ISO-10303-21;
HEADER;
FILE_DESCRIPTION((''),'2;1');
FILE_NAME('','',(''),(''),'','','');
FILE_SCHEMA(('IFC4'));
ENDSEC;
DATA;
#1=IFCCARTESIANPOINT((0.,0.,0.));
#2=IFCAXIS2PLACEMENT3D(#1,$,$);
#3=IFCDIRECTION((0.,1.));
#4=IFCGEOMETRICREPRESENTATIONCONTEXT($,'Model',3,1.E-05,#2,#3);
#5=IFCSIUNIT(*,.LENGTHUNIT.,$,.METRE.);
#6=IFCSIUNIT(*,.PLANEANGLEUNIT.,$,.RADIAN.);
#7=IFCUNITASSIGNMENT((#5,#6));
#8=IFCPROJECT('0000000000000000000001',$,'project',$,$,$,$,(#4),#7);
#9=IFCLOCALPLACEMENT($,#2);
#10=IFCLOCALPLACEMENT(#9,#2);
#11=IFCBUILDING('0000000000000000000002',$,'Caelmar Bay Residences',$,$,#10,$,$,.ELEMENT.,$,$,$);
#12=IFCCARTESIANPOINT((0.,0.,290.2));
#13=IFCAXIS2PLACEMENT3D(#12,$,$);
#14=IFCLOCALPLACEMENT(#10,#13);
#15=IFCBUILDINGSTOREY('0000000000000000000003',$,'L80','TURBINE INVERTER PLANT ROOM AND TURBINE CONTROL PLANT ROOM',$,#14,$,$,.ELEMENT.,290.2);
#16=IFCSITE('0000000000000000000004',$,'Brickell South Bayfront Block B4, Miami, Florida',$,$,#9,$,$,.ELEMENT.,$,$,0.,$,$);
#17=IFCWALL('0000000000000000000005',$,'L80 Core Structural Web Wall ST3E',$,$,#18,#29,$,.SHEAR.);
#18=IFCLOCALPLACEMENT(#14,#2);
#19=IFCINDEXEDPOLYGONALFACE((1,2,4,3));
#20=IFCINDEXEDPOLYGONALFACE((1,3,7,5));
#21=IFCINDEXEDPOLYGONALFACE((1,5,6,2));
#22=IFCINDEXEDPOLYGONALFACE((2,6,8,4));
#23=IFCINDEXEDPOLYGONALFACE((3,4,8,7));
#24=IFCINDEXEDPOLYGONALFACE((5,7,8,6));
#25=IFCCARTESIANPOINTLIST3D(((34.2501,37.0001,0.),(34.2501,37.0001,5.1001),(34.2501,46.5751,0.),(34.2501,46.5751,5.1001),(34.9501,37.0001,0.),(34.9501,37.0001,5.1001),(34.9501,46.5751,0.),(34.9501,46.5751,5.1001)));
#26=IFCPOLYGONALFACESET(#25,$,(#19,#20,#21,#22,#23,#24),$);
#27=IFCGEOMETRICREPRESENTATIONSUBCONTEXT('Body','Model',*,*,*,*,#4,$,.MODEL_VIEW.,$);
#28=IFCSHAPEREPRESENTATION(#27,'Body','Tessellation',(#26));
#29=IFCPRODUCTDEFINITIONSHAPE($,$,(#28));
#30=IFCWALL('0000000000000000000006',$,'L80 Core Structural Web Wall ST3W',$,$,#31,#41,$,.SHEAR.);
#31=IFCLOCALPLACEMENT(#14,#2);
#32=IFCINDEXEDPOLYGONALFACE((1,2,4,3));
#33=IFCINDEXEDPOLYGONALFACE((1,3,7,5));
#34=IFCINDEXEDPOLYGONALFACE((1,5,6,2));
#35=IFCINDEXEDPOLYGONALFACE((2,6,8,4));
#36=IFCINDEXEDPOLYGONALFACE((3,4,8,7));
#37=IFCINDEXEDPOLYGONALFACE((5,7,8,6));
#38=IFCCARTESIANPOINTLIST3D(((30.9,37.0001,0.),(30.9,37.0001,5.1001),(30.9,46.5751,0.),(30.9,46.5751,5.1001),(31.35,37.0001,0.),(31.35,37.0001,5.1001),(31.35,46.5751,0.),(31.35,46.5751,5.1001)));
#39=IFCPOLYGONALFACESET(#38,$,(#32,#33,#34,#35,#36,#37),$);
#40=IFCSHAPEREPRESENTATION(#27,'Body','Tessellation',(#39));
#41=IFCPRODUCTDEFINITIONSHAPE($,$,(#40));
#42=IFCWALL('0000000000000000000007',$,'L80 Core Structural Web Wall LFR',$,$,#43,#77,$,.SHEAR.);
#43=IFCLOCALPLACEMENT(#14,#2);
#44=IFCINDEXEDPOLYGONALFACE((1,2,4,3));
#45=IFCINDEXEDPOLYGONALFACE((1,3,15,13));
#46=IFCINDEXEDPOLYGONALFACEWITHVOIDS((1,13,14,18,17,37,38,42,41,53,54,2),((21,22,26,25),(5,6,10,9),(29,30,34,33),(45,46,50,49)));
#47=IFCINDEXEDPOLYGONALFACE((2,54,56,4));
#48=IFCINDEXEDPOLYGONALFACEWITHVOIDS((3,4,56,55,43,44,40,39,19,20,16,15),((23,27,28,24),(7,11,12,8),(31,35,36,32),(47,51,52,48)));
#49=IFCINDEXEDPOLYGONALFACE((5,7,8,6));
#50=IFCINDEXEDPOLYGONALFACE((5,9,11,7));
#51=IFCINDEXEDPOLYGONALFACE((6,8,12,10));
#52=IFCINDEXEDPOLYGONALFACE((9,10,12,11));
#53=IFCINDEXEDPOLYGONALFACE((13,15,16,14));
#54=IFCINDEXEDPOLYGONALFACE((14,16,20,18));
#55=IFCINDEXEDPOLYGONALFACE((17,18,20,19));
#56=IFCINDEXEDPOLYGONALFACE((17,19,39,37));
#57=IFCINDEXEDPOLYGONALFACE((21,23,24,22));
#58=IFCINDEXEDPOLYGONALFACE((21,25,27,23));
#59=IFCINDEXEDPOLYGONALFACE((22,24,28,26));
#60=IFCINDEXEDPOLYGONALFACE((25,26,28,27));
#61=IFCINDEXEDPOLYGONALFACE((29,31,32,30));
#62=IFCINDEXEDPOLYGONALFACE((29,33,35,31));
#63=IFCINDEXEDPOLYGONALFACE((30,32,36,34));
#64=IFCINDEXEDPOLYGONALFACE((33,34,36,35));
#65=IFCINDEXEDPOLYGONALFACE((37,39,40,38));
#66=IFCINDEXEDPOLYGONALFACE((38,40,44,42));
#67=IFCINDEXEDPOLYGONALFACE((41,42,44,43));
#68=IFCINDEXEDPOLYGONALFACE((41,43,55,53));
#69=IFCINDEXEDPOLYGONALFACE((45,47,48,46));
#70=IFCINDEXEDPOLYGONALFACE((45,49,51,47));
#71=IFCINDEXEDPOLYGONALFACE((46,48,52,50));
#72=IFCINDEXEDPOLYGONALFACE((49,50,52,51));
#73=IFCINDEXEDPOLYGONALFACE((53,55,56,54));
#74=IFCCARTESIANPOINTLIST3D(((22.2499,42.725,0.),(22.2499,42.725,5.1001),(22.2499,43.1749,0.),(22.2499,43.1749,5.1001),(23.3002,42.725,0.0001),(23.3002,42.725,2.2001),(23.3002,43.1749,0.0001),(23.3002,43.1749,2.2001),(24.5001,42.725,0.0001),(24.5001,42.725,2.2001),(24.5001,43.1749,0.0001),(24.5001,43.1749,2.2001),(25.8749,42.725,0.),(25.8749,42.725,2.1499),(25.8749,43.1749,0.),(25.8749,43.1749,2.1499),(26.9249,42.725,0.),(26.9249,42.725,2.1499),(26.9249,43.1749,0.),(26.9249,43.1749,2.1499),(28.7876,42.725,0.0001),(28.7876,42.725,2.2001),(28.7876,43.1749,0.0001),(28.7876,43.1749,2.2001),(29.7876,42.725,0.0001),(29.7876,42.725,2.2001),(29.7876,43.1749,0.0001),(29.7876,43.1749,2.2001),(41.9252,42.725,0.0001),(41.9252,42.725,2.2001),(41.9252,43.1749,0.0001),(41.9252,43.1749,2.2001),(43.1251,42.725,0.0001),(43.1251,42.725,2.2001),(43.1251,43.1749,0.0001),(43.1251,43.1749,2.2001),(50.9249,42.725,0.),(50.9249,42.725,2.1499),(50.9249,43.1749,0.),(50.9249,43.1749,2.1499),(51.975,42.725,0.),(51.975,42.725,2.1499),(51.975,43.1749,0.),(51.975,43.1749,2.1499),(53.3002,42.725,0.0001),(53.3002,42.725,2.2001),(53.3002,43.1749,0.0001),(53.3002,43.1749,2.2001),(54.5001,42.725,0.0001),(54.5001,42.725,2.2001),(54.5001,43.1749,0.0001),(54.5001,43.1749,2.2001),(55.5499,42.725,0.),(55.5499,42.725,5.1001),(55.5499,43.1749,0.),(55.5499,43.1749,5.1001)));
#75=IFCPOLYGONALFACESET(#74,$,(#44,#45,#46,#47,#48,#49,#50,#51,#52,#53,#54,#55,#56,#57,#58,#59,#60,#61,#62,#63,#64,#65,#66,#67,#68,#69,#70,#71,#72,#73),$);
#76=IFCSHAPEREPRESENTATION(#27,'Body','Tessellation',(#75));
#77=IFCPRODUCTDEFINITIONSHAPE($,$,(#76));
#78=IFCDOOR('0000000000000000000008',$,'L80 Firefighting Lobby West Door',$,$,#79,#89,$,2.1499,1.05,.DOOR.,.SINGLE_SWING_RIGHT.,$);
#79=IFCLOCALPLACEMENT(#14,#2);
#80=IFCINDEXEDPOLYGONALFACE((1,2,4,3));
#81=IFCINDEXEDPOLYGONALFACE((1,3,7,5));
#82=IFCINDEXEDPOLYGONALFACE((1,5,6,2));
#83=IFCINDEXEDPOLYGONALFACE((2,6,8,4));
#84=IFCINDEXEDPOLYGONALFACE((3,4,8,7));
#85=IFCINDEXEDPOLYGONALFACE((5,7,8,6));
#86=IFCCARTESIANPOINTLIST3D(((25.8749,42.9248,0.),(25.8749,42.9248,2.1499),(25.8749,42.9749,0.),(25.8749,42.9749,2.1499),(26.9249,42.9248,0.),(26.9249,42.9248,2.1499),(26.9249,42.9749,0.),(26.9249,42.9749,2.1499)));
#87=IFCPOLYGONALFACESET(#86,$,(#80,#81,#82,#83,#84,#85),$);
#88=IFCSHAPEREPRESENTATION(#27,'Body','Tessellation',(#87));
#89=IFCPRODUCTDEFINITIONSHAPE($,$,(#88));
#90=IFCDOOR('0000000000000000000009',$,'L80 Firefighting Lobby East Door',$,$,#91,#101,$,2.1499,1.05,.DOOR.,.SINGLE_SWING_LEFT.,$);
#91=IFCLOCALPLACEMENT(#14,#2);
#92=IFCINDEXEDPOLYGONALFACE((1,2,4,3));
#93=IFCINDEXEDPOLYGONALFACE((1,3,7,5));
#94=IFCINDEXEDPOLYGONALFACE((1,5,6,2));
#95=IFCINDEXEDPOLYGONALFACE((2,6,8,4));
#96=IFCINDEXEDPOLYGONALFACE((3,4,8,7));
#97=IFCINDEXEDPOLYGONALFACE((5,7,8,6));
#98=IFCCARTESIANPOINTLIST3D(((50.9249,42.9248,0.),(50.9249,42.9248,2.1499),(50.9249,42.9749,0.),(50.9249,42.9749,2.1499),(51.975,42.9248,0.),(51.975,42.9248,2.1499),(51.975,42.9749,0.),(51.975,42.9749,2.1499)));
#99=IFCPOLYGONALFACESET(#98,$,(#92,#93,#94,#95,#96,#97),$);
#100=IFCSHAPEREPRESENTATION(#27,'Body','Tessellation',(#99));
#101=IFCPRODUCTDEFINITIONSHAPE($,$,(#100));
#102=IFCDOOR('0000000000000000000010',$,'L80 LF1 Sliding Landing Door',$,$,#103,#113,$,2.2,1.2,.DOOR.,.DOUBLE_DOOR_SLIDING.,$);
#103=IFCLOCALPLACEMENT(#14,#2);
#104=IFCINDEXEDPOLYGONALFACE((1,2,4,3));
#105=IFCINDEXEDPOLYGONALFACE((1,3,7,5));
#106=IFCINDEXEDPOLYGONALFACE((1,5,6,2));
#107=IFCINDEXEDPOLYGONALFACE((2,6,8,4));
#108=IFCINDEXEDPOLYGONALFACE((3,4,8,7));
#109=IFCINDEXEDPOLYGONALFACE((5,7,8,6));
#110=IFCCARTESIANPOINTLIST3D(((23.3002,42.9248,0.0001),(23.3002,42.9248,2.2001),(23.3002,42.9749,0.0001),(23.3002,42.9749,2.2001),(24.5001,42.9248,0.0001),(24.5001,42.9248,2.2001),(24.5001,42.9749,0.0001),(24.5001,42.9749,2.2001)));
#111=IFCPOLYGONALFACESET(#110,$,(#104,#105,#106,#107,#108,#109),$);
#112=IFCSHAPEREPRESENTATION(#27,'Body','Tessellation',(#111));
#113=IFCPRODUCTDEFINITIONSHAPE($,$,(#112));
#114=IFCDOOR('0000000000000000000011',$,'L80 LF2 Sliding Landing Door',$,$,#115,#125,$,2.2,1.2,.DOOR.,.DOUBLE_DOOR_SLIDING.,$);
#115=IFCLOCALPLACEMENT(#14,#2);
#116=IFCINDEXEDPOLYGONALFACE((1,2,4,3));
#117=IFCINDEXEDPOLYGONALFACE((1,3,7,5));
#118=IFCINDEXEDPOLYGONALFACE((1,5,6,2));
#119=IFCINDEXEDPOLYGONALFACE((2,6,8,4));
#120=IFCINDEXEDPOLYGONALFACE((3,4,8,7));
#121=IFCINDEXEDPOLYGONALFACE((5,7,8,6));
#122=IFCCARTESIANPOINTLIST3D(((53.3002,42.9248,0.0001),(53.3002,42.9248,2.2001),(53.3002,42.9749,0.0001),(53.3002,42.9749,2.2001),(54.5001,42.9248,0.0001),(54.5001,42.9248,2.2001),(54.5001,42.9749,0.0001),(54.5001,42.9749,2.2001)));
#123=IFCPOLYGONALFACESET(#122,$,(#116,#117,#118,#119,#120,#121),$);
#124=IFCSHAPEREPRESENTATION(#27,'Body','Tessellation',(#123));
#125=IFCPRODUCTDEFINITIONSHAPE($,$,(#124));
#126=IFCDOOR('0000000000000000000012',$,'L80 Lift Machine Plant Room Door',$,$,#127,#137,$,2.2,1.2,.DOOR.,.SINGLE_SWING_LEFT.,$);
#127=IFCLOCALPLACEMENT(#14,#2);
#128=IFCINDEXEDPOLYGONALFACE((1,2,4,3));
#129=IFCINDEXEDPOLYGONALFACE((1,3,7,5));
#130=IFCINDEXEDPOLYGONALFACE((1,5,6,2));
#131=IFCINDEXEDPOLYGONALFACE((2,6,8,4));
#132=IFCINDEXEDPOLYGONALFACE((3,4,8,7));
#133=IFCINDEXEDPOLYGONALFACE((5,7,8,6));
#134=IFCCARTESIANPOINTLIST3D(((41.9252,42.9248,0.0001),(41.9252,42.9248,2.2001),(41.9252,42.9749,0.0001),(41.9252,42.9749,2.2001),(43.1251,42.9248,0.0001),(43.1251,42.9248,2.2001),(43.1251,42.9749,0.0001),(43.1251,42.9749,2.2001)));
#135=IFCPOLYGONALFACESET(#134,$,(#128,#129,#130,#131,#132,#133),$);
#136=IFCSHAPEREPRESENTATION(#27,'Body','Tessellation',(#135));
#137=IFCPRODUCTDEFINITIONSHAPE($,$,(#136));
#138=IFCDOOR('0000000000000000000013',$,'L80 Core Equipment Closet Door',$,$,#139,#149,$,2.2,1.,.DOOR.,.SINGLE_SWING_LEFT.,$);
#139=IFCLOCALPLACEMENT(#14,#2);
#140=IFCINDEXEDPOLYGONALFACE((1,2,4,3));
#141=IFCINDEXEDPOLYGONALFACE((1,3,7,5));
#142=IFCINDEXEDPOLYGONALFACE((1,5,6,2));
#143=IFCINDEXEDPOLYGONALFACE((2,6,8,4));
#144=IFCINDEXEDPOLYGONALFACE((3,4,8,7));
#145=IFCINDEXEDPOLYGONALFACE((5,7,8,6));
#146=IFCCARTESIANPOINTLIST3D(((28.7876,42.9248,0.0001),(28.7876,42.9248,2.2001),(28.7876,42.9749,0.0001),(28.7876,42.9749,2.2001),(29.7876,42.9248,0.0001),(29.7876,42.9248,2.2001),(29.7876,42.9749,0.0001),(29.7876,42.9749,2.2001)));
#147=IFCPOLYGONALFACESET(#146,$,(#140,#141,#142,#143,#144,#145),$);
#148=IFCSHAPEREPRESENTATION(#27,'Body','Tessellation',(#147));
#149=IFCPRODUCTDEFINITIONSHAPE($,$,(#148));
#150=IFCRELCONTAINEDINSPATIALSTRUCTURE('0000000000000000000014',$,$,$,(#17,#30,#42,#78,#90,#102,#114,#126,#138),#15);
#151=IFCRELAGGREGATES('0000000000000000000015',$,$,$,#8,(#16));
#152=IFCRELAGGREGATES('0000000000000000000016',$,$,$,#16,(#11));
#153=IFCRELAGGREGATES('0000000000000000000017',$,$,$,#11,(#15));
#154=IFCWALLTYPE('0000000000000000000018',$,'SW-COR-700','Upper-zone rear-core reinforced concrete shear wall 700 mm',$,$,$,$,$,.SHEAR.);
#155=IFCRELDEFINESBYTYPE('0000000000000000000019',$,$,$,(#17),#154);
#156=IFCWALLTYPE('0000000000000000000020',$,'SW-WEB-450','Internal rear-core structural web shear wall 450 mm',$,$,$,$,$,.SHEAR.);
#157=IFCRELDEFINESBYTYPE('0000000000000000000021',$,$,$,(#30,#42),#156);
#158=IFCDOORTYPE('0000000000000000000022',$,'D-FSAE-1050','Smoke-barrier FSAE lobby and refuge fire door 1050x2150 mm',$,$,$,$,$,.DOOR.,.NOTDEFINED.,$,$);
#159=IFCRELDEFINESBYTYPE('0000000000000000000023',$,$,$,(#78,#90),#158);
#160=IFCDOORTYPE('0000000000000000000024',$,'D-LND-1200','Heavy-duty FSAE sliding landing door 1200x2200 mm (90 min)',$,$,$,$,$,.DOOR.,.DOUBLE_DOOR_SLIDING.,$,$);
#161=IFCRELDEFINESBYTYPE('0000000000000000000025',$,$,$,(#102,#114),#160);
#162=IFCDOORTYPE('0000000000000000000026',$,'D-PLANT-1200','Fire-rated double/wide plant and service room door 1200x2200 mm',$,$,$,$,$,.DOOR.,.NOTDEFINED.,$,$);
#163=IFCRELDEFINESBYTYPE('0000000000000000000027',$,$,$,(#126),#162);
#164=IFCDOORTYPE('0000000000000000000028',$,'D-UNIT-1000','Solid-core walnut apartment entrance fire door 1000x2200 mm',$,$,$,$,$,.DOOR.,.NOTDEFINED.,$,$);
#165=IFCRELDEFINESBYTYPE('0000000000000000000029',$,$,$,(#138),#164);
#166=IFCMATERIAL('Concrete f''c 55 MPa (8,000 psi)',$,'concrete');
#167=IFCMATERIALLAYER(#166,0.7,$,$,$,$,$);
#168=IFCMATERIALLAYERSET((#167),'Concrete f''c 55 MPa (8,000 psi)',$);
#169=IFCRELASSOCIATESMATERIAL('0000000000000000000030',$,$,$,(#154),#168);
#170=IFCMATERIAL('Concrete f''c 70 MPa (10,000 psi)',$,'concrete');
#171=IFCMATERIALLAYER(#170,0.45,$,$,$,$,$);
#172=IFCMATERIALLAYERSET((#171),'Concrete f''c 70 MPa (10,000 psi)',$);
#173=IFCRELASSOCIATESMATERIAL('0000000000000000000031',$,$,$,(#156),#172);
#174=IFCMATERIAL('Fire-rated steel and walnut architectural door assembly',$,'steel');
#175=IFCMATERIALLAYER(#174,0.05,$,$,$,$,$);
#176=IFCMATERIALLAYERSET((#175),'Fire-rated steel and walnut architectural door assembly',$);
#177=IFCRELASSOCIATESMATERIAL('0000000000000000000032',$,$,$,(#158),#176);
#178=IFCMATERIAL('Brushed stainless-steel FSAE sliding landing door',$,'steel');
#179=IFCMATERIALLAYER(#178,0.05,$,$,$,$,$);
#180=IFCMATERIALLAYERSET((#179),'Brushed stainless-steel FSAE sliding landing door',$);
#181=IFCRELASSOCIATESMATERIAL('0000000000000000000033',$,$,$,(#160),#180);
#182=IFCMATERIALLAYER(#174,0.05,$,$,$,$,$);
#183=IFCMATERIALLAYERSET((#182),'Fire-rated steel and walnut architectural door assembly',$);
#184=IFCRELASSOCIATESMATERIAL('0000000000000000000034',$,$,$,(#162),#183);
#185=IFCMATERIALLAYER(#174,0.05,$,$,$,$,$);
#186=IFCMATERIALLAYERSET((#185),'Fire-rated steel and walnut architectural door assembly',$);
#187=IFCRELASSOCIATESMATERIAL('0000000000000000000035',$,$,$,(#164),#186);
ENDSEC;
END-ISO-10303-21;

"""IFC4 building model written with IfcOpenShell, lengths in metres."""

from ifc_helpers import new_model, si_unit, direction, frame, frame_2d, origin, place, context, subcontext, project, spatial, rectangle, extrude, material, layer, layer_set, type_object, element, fill, save


model = new_model("IFC4")

# Units and contexts
model_context = context("Model", 3, precision=1e-05, world=origin(), true_north=direction((0.0, 1.0)))
body_context = subcontext(model_context, "Body", "Model", "MODEL_VIEW")
ifc_project = project(units=[si_unit("LENGTHUNIT", "METRE"), si_unit("PLANEANGLEUNIT", "RADIAN")], contexts=[model_context])

# Site, building, storey
site_placement = place(None, origin())
site = spatial("IfcSite", under=ifc_project, at=site_placement, Name="Brickell South Bayfront Block B4, Miami, Florida", CompositionType="ELEMENT", RefElevation=0.0)
building_placement = place(site_placement, origin())
building = spatial("IfcBuilding", under=site, at=building_placement, Name="Caelmar Bay Residences", CompositionType="ELEMENT")
storey_placement = place(building_placement, frame((0.0, 0.0, 290.2)))
storey = spatial("IfcBuildingStorey", under=building, at=storey_placement, Name="L80", Description="TURBINE INVERTER PLANT ROOM AND TURBINE CONTROL PLANT ROOM", CompositionType="ELEMENT", Elevation=290.2)

# Shared definitions
ifc_material_1 = material(Name="Concrete f'c 55 MPa (8,000 psi)", Category="concrete")
ifc_layer_1 = layer(ifc_material_1, 0.7)
ifc_layer_set_1 = layer_set([ifc_layer_1], Name="Concrete f'c 55 MPa (8,000 psi)")
wall_type_1 = type_object("IfcWallType", Name="SW-COR-700", Description="Upper-zone rear-core reinforced concrete shear wall 700 mm", PredefinedType="SHEAR", material=ifc_layer_set_1)
ifc_material_2 = material(Name="Fire-rated steel and walnut architectural door assembly", Category="steel")

# Walls
wall_1_placement = place(storey_placement, frame((34.6001, 37.0, 0.0), z_axis=(0.0, 0.0, 1.0), x_axis=(0.0, 1.0, 0.0)))
element("IfcWall", 1, at=wall_1_placement, inside=storey, type_object=wall_type_1, Name="L80 Core Structural Web Wall ST3E", PredefinedType="SHEAR", context=body_context, shape_type="SweptSolid", body=[
    extrude(rectangle(XDim=9.575, YDim=0.7, at=frame_2d((4.7876, 0.0))), origin(), (0.0, 0.0, 1.0), 5.1001),
])
ifc_material_3 = material(Name="Concrete f'c 70 MPa (10,000 psi)", Category="concrete")
ifc_layer_2 = layer(ifc_material_3, 0.45)
ifc_layer_set_2 = layer_set([ifc_layer_2], Name="Concrete f'c 70 MPa (10,000 psi)")
wall_type_2 = type_object("IfcWallType", Name="SW-WEB-450", Description="Internal rear-core structural web shear wall 450 mm", PredefinedType="SHEAR", material=ifc_layer_set_2)
wall_2_placement = place(storey_placement, frame((31.125, 37.0, 0.0), z_axis=(0.0, 0.0, 1.0), x_axis=(0.0, 1.0, 0.0)))
element("IfcWall", 2, at=wall_2_placement, inside=storey, type_object=wall_type_2, Name="L80 Core Structural Web Wall ST3W", PredefinedType="SHEAR", context=body_context, shape_type="SweptSolid", body=[
    extrude(rectangle(XDim=9.575, YDim=0.45, at=frame_2d((4.7876, 0.0))), origin(), (0.0, 0.0, 1.0), 5.1001),
])

# Wall, openings, doors
wall_3_placement = place(storey_placement, frame((22.25, 42.95, 0.0), z_axis=(0.0, 0.0, 1.0), x_axis=(1.0, 0.0, 0.0)))
wall_3 = element("IfcWall", 3, at=wall_3_placement, inside=storey, type_object=wall_type_2, Name="L80 Core Structural Web Wall LFR", PredefinedType="SHEAR", context=body_context, shape_type="SweptSolid", body=[
    extrude(rectangle(XDim=33.3, YDim=0.45, at=frame_2d((16.6499, 0.0))), origin(), (0.0, 0.0, 1.0), 5.1001),
])
opening_1_placement = place(wall_3_placement, frame((1.05, 0.0, 0.0)))
opening_1 = element("IfcOpeningElement", 4, at=opening_1_placement, cuts=wall_3, PredefinedType="OPENING", context=body_context, shape_type="SweptSolid", body=[
    extrude(rectangle(XDim=1.2, YDim=2.2, at=frame_2d((0.6001, 1.1001))), frame((0.0, 0.2349, 0.0), z_axis=(0.0, -1.0, 0.0), x_axis=(1.0, 0.0, 0.0)), (0.0, 0.0, 1.0), 0.47),
])
opening_2_placement = place(wall_3_placement, frame((31.05, 0.0, 0.0)))
opening_2 = element("IfcOpeningElement", 5, at=opening_2_placement, cuts=wall_3, PredefinedType="OPENING", context=body_context, shape_type="SweptSolid", body=[
    extrude(rectangle(XDim=1.2, YDim=2.2, at=frame_2d((0.6001, 1.1001))), frame((0.0, 0.2349, 0.0), z_axis=(0.0, -1.0, 0.0), x_axis=(1.0, 0.0, 0.0)), (0.0, 0.0, 1.0), 0.47),
])
opening_3_placement = place(wall_3_placement, frame((3.625, 0.0, 0.0)))
opening_3 = element("IfcOpeningElement", 6, at=opening_3_placement, cuts=wall_3, PredefinedType="OPENING", context=body_context, shape_type="SweptSolid", body=[
    extrude(rectangle(XDim=1.05, YDim=2.1499, at=frame_2d((0.5249, 1.075))), frame((0.0, 0.2349, 0.0), z_axis=(0.0, -1.0, 0.0), x_axis=(1.0, 0.0, 0.0)), (0.0, 0.0, 1.0), 0.47),
])
opening_4_placement = place(wall_3_placement, frame((28.675, 0.0, 0.0)))
opening_4 = element("IfcOpeningElement", 7, at=opening_4_placement, cuts=wall_3, PredefinedType="OPENING", context=body_context, shape_type="SweptSolid", body=[
    extrude(rectangle(XDim=1.05, YDim=2.1499, at=frame_2d((0.5249, 1.075))), frame((0.0, 0.2349, 0.0), z_axis=(0.0, -1.0, 0.0), x_axis=(1.0, 0.0, 0.0)), (0.0, 0.0, 1.0), 0.47),
])
opening_5_placement = place(wall_3_placement, frame((6.5376, 0.0, 0.0)))
opening_5 = element("IfcOpeningElement", 8, at=opening_5_placement, cuts=wall_3, PredefinedType="OPENING", context=body_context, shape_type="SweptSolid", body=[
    extrude(rectangle(XDim=1.0, YDim=2.2, at=frame_2d((0.5, 1.1001))), frame((0.0, 0.2349, 0.0), z_axis=(0.0, -1.0, 0.0), x_axis=(1.0, 0.0, 0.0)), (0.0, 0.0, 1.0), 0.47),
])
opening_6_placement = place(wall_3_placement, frame((19.675, 0.0, 0.0)))
opening_6 = element("IfcOpeningElement", 9, at=opening_6_placement, cuts=wall_3, PredefinedType="OPENING", context=body_context, shape_type="SweptSolid", body=[
    extrude(rectangle(XDim=1.2, YDim=2.2, at=frame_2d((0.6001, 1.1001))), frame((0.0, 0.2349, 0.0), z_axis=(0.0, -1.0, 0.0), x_axis=(1.0, 0.0, 0.0)), (0.0, 0.0, 1.0), 0.47),
])
ifc_layer_3 = layer(ifc_material_2, 0.05)
ifc_layer_set_3 = layer_set([ifc_layer_3], Name="Fire-rated steel and walnut architectural door assembly")
door_type_1 = type_object("IfcDoorType", Name="D-FSAE-1050", Description="Smoke-barrier FSAE lobby and refuge fire door 1050x2150 mm", OperationType="NOTDEFINED", PredefinedType="DOOR", material=ifc_layer_set_3)
door_1_placement = place(opening_3_placement, origin())
door_1 = element("IfcDoor", 10, at=door_1_placement, inside=storey, type_object=door_type_1, Name="L80 Firefighting Lobby West Door", OperationType="SINGLE_SWING_RIGHT", OverallHeight=2.1499, OverallWidth=1.05, PredefinedType="DOOR", context=body_context, shape_type="SweptSolid", body=[
    extrude(rectangle(XDim=1.05, YDim=2.1499, at=frame_2d((0.5249, 1.075))), frame((0.0, 0.0249, 0.0), z_axis=(0.0, -1.0, 0.0), x_axis=(1.0, 0.0, 0.0)), (0.0, 0.0, 1.0), 0.05),
])
fill(opening_3, door_1)
door_2_placement = place(opening_4_placement, origin())
door_2 = element("IfcDoor", 11, at=door_2_placement, inside=storey, type_object=door_type_1, Name="L80 Firefighting Lobby East Door", OperationType="SINGLE_SWING_LEFT", OverallHeight=2.1499, OverallWidth=1.05, PredefinedType="DOOR", context=body_context, shape_type="SweptSolid", body=[
    extrude(rectangle(XDim=1.05, YDim=2.1499, at=frame_2d((0.5249, 1.075))), frame((0.0, 0.0249, 0.0), z_axis=(0.0, -1.0, 0.0), x_axis=(1.0, 0.0, 0.0)), (0.0, 0.0, 1.0), 0.05),
])
fill(opening_4, door_2)
ifc_material_4 = material(Name="Brushed stainless-steel FSAE sliding landing door", Category="steel")
ifc_layer_4 = layer(ifc_material_4, 0.05)
ifc_layer_set_4 = layer_set([ifc_layer_4], Name="Brushed stainless-steel FSAE sliding landing door")
door_type_2 = type_object("IfcDoorType", Name="D-LND-1200", Description="Heavy-duty FSAE sliding landing door 1200x2200 mm (90 min)", OperationType="DOUBLE_DOOR_SLIDING", PredefinedType="DOOR", material=ifc_layer_set_4)
door_3_placement = place(opening_1_placement, origin())
door_3 = element("IfcDoor", 12, at=door_3_placement, inside=storey, type_object=door_type_2, Name="L80 LF1 Sliding Landing Door", OperationType="DOUBLE_DOOR_SLIDING", OverallHeight=2.2, OverallWidth=1.2, PredefinedType="DOOR", context=body_context, shape_type="SweptSolid", body=[
    extrude(rectangle(XDim=1.2, YDim=2.2, at=frame_2d((0.6001, 1.1001))), frame((0.0, 0.0249, 0.0), z_axis=(0.0, -1.0, 0.0), x_axis=(1.0, 0.0, 0.0)), (0.0, 0.0, 1.0), 0.05),
])
fill(opening_1, door_3)
door_4_placement = place(opening_2_placement, origin())
door_4 = element("IfcDoor", 13, at=door_4_placement, inside=storey, type_object=door_type_2, Name="L80 LF2 Sliding Landing Door", OperationType="DOUBLE_DOOR_SLIDING", OverallHeight=2.2, OverallWidth=1.2, PredefinedType="DOOR", context=body_context, shape_type="SweptSolid", body=[
    extrude(rectangle(XDim=1.2, YDim=2.2, at=frame_2d((0.6001, 1.1001))), frame((0.0, 0.0249, 0.0), z_axis=(0.0, -1.0, 0.0), x_axis=(1.0, 0.0, 0.0)), (0.0, 0.0, 1.0), 0.05),
])
fill(opening_2, door_4)
ifc_layer_5 = layer(ifc_material_2, 0.05)
ifc_layer_set_5 = layer_set([ifc_layer_5], Name="Fire-rated steel and walnut architectural door assembly")
door_type_3 = type_object("IfcDoorType", Name="D-PLANT-1200", Description="Fire-rated double/wide plant and service room door 1200x2200 mm", OperationType="NOTDEFINED", PredefinedType="DOOR", material=ifc_layer_set_5)
door_5_placement = place(opening_6_placement, origin())
door_5 = element("IfcDoor", 14, at=door_5_placement, inside=storey, type_object=door_type_3, Name="L80 Lift Machine Plant Room Door", OperationType="SINGLE_SWING_LEFT", OverallHeight=2.2, OverallWidth=1.2, PredefinedType="DOOR", context=body_context, shape_type="SweptSolid", body=[
    extrude(rectangle(XDim=1.2, YDim=2.2, at=frame_2d((0.6001, 1.1001))), frame((0.0, 0.0249, 0.0), z_axis=(0.0, -1.0, 0.0), x_axis=(1.0, 0.0, 0.0)), (0.0, 0.0, 1.0), 0.05),
])
fill(opening_6, door_5)
ifc_layer_6 = layer(ifc_material_2, 0.05)
ifc_layer_set_6 = layer_set([ifc_layer_6], Name="Fire-rated steel and walnut architectural door assembly")
door_type_4 = type_object("IfcDoorType", Name="D-UNIT-1000", Description="Solid-core walnut apartment entrance fire door 1000x2200 mm", OperationType="NOTDEFINED", PredefinedType="DOOR", material=ifc_layer_set_6)
door_6_placement = place(opening_5_placement, origin())
door_6 = element("IfcDoor", 15, at=door_6_placement, inside=storey, type_object=door_type_4, Name="L80 Core Equipment Closet Door", OperationType="SINGLE_SWING_LEFT", OverallHeight=2.2, OverallWidth=1.0, PredefinedType="DOOR", context=body_context, shape_type="SweptSolid", body=[
    extrude(rectangle(XDim=1.0, YDim=2.2, at=frame_2d((0.5, 1.1001))), frame((0.0, 0.0249, 0.0), z_axis=(0.0, -1.0, 0.0), x_axis=(1.0, 0.0, 0.0)), (0.0, 0.0, 1.0), 0.05),
])
fill(opening_5, door_6)

save(model, "model.ifc")
